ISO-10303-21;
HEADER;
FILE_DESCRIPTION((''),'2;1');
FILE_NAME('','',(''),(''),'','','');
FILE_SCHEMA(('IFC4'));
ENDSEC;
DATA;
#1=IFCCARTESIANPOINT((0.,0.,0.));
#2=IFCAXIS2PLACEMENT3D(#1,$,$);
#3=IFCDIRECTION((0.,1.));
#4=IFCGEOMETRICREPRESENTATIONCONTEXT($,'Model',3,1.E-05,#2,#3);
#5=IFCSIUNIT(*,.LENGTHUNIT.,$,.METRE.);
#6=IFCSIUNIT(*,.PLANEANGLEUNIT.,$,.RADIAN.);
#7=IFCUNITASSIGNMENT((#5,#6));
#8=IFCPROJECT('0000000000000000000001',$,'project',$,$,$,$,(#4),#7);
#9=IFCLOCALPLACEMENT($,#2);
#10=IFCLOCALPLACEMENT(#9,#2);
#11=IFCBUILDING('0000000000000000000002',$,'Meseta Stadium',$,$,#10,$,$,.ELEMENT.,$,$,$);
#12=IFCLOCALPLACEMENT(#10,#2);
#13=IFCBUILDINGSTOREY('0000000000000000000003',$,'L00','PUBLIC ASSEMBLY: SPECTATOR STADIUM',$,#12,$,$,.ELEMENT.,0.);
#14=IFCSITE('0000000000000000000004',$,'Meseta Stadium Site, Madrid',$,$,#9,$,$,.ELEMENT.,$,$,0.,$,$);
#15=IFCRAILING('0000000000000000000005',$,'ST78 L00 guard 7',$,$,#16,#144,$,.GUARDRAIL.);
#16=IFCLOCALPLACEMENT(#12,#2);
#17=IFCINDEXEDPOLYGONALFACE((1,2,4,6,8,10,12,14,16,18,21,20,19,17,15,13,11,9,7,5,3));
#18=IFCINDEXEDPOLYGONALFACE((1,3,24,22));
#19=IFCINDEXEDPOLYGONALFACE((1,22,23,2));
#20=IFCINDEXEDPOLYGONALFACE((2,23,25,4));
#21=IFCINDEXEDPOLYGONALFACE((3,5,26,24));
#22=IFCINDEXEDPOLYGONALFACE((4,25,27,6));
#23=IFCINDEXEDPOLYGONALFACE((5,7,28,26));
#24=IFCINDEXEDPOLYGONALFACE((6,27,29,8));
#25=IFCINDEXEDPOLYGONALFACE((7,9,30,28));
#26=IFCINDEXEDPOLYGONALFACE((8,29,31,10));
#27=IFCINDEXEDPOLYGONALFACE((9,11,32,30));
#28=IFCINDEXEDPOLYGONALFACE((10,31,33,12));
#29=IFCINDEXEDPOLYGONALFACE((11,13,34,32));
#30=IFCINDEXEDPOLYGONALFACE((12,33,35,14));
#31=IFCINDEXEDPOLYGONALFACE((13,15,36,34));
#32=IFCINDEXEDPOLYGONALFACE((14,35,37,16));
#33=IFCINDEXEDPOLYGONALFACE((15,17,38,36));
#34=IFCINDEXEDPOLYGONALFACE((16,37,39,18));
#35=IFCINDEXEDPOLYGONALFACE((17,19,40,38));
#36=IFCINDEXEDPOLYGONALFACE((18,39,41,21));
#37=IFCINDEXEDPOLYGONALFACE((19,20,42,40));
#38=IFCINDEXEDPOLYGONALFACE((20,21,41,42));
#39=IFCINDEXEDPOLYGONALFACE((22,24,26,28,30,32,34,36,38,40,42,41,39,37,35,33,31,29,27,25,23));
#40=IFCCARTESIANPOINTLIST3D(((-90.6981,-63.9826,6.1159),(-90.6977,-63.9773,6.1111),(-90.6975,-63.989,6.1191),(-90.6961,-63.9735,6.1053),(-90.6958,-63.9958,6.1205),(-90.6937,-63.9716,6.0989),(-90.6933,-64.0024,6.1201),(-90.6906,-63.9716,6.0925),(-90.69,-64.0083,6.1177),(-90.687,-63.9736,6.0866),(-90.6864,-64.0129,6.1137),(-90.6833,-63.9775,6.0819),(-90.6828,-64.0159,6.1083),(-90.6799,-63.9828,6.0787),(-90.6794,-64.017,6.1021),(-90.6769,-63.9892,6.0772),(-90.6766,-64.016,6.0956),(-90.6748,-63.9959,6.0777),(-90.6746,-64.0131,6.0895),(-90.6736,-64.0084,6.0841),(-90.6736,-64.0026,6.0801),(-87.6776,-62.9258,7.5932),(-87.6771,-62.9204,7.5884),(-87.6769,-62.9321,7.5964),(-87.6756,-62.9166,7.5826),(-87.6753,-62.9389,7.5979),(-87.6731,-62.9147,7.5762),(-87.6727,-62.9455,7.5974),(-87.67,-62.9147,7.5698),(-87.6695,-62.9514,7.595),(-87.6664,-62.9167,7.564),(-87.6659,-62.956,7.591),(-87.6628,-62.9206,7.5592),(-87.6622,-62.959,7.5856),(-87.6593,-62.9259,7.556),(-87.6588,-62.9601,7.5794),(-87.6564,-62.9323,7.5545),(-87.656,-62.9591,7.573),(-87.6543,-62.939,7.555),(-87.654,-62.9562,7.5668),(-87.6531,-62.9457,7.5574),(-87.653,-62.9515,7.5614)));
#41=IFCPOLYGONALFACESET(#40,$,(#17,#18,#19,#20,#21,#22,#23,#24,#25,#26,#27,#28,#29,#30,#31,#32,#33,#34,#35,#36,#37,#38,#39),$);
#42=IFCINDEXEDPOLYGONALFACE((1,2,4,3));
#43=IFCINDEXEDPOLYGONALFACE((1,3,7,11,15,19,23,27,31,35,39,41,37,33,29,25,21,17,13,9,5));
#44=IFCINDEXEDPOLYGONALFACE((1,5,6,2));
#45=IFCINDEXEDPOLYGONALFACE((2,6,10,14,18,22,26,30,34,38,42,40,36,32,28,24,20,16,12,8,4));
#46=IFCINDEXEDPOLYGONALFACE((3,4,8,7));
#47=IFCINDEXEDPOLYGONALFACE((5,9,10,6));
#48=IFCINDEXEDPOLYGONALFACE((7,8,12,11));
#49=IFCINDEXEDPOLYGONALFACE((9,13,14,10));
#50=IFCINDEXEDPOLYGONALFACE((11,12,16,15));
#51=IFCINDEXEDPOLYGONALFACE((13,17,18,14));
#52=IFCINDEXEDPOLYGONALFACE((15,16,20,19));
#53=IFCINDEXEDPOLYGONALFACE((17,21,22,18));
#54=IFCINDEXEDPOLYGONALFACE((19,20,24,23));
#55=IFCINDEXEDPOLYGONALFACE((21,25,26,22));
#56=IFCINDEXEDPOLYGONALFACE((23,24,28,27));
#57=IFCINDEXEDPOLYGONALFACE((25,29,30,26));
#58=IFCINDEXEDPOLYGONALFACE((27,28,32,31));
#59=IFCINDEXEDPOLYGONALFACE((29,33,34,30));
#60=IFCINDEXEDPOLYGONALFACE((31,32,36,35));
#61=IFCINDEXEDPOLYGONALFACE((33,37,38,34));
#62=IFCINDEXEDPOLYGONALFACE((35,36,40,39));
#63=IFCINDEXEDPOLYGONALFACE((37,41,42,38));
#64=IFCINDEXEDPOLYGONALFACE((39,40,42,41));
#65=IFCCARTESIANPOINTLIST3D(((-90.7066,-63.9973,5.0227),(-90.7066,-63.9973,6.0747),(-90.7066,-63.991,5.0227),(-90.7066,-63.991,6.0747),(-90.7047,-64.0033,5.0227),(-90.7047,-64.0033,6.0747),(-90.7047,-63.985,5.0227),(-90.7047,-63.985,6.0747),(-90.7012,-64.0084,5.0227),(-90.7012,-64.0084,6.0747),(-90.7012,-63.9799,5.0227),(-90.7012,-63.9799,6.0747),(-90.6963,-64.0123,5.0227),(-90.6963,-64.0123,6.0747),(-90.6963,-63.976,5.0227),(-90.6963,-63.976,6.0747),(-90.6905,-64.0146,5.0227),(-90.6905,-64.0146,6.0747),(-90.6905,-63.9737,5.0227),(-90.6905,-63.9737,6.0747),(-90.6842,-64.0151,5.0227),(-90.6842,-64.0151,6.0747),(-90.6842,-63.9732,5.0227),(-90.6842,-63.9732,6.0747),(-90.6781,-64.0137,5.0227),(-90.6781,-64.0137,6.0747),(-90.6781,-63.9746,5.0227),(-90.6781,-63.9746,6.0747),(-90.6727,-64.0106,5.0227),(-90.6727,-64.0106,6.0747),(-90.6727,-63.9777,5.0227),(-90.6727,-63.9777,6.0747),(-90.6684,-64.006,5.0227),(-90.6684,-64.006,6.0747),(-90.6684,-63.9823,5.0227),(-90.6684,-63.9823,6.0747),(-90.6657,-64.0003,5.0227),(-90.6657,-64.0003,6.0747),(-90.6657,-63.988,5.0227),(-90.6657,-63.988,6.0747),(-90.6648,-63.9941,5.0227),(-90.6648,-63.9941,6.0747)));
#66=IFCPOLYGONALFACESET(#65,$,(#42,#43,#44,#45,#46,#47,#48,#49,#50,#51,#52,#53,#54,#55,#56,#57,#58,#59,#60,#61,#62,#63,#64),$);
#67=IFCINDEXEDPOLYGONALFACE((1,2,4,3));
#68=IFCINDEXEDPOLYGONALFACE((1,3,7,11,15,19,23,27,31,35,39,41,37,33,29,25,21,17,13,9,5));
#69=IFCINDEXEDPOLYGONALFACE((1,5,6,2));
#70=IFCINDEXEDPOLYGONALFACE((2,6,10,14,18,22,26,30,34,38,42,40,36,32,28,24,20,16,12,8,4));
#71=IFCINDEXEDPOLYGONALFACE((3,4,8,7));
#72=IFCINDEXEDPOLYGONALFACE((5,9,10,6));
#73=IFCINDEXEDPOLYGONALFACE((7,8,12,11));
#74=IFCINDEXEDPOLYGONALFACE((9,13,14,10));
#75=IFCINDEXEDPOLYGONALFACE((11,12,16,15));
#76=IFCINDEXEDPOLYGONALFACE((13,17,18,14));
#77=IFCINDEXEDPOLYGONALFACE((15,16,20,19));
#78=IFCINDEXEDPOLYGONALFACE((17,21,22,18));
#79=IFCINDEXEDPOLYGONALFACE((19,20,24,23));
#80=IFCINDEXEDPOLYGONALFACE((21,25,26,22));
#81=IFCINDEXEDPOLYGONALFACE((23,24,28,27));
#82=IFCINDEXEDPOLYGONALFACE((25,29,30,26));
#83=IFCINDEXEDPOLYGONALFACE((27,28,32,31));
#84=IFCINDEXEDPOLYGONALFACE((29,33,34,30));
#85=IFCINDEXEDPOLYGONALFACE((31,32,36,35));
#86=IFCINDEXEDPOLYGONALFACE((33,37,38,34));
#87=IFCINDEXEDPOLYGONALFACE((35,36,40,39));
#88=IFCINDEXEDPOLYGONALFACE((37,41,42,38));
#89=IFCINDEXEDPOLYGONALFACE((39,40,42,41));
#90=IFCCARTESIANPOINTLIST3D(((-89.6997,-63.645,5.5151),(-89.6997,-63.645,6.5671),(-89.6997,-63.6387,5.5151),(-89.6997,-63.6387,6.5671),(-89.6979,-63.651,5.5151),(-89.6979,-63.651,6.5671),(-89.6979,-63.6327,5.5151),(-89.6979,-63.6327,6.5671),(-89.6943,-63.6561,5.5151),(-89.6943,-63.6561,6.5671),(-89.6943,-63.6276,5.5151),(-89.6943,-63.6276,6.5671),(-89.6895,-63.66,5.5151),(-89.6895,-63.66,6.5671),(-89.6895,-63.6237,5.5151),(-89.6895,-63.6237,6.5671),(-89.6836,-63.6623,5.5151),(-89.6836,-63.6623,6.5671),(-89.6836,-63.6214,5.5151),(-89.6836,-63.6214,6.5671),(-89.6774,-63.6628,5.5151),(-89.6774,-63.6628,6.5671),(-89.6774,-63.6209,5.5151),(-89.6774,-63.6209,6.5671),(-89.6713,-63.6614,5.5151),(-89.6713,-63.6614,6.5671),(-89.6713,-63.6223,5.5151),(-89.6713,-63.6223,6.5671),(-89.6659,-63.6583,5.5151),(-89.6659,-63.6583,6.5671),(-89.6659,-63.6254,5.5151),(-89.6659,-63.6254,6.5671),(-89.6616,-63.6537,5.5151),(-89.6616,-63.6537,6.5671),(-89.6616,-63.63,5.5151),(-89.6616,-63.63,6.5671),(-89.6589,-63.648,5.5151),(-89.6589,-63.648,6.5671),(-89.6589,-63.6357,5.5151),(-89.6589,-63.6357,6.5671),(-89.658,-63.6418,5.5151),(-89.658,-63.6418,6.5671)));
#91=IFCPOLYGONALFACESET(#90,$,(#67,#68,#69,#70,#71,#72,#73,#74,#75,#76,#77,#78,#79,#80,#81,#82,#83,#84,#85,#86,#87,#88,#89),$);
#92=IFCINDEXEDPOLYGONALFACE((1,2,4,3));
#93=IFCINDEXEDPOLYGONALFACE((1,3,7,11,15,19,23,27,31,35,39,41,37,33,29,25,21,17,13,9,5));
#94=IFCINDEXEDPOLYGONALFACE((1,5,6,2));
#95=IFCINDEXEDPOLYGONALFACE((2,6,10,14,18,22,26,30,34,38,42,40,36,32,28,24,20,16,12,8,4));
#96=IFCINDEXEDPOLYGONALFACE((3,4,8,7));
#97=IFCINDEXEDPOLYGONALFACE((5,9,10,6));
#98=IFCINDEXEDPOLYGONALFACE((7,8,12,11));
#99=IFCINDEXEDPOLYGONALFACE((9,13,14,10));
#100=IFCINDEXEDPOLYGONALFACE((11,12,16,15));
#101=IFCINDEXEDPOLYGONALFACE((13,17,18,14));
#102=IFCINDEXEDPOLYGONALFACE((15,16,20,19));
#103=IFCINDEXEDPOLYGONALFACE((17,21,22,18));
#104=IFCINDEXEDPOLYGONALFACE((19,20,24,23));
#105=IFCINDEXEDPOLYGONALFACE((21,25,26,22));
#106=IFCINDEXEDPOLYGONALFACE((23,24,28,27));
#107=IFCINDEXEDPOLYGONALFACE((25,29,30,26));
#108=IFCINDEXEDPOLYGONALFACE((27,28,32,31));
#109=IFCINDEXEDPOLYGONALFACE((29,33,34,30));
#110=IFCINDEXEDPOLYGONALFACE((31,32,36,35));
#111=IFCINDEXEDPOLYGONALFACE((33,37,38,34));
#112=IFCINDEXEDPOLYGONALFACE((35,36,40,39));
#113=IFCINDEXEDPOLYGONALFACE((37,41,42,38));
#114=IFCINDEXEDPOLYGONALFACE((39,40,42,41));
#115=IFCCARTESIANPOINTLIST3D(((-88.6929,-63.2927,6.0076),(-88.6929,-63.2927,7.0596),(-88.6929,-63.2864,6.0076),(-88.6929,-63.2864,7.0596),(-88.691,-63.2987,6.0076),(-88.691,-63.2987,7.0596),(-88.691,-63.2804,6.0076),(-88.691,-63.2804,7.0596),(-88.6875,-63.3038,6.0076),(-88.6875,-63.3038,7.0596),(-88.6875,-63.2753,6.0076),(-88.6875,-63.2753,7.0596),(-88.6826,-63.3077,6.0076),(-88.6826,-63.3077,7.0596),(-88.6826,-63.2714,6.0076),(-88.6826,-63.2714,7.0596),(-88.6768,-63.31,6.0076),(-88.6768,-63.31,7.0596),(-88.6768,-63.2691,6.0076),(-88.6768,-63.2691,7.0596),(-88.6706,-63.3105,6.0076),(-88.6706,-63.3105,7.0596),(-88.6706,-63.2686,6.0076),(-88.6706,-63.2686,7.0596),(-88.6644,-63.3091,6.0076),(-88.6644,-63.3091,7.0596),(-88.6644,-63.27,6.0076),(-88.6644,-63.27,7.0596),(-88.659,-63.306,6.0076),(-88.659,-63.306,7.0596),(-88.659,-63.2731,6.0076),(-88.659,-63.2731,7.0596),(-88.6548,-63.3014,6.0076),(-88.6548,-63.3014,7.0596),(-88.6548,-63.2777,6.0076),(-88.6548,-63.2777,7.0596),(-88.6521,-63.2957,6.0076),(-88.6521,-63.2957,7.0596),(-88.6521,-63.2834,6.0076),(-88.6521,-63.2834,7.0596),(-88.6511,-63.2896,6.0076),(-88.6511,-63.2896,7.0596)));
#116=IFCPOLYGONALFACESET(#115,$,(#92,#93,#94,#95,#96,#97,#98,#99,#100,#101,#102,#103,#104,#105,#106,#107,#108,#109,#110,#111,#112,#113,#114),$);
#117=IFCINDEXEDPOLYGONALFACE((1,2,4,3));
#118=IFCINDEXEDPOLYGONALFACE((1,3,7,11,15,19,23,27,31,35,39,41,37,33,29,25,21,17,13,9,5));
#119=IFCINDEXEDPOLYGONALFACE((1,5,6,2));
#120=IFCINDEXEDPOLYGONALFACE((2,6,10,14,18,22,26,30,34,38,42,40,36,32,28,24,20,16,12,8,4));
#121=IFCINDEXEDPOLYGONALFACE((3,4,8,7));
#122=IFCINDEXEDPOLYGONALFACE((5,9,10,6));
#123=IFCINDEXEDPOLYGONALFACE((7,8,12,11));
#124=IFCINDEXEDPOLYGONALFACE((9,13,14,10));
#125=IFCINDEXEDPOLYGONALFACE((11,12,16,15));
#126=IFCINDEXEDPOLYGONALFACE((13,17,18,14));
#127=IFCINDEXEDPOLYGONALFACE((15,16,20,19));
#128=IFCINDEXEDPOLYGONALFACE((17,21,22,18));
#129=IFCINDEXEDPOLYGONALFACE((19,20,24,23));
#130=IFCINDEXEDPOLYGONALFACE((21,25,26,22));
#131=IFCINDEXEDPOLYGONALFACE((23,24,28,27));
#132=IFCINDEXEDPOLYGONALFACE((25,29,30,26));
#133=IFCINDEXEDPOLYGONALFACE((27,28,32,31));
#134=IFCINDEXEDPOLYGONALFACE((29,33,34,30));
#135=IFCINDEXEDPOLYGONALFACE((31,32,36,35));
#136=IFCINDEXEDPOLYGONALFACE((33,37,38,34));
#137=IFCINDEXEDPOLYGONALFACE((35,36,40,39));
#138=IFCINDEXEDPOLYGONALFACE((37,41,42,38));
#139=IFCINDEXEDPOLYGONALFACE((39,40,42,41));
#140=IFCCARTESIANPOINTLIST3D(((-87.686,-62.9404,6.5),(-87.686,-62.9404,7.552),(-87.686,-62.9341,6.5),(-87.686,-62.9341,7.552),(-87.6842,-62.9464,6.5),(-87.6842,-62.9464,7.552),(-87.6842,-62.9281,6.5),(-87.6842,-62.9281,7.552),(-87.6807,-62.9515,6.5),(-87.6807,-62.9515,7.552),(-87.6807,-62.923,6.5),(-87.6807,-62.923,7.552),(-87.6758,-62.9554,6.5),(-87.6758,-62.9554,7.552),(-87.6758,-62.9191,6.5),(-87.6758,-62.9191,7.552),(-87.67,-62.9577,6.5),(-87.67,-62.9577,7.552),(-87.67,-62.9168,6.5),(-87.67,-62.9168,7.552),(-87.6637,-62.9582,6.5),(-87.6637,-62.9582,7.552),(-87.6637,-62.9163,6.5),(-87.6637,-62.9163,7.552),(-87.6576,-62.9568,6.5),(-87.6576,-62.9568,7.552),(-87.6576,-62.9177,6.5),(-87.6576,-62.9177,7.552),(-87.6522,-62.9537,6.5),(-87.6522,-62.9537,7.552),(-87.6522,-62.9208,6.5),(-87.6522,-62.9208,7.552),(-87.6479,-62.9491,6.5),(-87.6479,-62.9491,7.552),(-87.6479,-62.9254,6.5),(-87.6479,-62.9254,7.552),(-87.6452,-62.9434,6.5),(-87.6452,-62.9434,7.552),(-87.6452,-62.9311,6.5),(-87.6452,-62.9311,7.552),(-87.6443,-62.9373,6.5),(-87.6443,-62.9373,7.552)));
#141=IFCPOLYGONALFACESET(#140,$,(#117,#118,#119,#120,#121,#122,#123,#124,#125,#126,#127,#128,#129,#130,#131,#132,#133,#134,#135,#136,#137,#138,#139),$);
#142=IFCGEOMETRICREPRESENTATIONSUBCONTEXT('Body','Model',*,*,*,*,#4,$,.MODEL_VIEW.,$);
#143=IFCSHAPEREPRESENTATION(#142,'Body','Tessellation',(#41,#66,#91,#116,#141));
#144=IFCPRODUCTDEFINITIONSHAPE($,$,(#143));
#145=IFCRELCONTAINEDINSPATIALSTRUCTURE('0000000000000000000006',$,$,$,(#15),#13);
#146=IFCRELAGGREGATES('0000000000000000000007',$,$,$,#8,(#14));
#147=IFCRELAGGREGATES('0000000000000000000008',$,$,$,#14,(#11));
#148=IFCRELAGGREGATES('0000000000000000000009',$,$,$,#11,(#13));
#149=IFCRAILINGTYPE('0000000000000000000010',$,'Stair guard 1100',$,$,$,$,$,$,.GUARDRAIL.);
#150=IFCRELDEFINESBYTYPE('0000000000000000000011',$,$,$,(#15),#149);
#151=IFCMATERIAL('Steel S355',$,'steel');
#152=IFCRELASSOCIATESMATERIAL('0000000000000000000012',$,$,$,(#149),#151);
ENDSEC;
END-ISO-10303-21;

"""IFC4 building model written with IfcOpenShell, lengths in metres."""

from ifc_helpers import new_model, si_unit, direction, frame, origin, origin_2d, place, context, subcontext, project, spatial, circle, extrude, material, type_object, element, save


model = new_model("IFC4")

# Units and contexts
model_context = context("Model", 3, precision=1e-05, world=origin(), true_north=direction((0.0, 1.0)))
body_context = subcontext(model_context, "Body", "Model", "MODEL_VIEW")
ifc_project = project(units=[si_unit("LENGTHUNIT", "METRE"), si_unit("PLANEANGLEUNIT", "RADIAN")], contexts=[model_context])

# Site, building, storey
site_placement = place(None, origin())
site = spatial("IfcSite", under=ifc_project, at=site_placement, Name="Meseta Stadium Site, Madrid", CompositionType="ELEMENT", RefElevation=0.0)
building_placement = place(site_placement, origin())
building = spatial("IfcBuilding", under=site, at=building_placement, Name="Meseta Stadium", CompositionType="ELEMENT")
storey_placement = place(building_placement, origin())
storey = spatial("IfcBuildingStorey", under=building, at=storey_placement, Name="L00", Description="PUBLIC ASSEMBLY: SPECTATOR STADIUM", CompositionType="ELEMENT", Elevation=0.0)

# Railing
ifc_material_1 = material(Name="Steel S355", Category="steel")
railing_type_1 = type_object("IfcRailingType", Name="Stair guard 1100", PredefinedType="GUARDRAIL", material=ifc_material_1)
railing_1_placement = place(storey_placement, frame((-90.6858, -63.9941, 5.0227)))
element("IfcRailing", 1, at=railing_1_placement, inside=storey, type_object=railing_type_1, Name="ST78 L00 guard 7", PredefinedType="GUARDRAIL", context=body_context, shape_type="SweptSolid", body=[
    extrude(circle(Radius=0.0239, at=origin_2d()), frame((0.0, 0.0, 1.0762), z_axis=(0.856977, 0.299859, 0.419137), x_axis=(-0.330269, 0.943887, 0.0)), (0.0, 0.0, 1.0), 3.5247),
    extrude(circle(Radius=0.021, at=origin_2d()), origin(), (0.0, 0.0, 1.0), 1.052),
    extrude(circle(Radius=0.021, at=origin_2d()), frame((1.0068, 0.3523, 0.4924)), (0.0, 0.0, 1.0), 1.052),
    extrude(circle(Radius=0.021, at=origin_2d()), frame((2.0137, 0.7046, 0.9849)), (0.0, 0.0, 1.0), 1.052),
    extrude(circle(Radius=0.021, at=origin_2d()), frame((3.0205, 1.0569, 1.4773)), (0.0, 0.0, 1.0), 1.052),
])

save(model, "model.ifc")
